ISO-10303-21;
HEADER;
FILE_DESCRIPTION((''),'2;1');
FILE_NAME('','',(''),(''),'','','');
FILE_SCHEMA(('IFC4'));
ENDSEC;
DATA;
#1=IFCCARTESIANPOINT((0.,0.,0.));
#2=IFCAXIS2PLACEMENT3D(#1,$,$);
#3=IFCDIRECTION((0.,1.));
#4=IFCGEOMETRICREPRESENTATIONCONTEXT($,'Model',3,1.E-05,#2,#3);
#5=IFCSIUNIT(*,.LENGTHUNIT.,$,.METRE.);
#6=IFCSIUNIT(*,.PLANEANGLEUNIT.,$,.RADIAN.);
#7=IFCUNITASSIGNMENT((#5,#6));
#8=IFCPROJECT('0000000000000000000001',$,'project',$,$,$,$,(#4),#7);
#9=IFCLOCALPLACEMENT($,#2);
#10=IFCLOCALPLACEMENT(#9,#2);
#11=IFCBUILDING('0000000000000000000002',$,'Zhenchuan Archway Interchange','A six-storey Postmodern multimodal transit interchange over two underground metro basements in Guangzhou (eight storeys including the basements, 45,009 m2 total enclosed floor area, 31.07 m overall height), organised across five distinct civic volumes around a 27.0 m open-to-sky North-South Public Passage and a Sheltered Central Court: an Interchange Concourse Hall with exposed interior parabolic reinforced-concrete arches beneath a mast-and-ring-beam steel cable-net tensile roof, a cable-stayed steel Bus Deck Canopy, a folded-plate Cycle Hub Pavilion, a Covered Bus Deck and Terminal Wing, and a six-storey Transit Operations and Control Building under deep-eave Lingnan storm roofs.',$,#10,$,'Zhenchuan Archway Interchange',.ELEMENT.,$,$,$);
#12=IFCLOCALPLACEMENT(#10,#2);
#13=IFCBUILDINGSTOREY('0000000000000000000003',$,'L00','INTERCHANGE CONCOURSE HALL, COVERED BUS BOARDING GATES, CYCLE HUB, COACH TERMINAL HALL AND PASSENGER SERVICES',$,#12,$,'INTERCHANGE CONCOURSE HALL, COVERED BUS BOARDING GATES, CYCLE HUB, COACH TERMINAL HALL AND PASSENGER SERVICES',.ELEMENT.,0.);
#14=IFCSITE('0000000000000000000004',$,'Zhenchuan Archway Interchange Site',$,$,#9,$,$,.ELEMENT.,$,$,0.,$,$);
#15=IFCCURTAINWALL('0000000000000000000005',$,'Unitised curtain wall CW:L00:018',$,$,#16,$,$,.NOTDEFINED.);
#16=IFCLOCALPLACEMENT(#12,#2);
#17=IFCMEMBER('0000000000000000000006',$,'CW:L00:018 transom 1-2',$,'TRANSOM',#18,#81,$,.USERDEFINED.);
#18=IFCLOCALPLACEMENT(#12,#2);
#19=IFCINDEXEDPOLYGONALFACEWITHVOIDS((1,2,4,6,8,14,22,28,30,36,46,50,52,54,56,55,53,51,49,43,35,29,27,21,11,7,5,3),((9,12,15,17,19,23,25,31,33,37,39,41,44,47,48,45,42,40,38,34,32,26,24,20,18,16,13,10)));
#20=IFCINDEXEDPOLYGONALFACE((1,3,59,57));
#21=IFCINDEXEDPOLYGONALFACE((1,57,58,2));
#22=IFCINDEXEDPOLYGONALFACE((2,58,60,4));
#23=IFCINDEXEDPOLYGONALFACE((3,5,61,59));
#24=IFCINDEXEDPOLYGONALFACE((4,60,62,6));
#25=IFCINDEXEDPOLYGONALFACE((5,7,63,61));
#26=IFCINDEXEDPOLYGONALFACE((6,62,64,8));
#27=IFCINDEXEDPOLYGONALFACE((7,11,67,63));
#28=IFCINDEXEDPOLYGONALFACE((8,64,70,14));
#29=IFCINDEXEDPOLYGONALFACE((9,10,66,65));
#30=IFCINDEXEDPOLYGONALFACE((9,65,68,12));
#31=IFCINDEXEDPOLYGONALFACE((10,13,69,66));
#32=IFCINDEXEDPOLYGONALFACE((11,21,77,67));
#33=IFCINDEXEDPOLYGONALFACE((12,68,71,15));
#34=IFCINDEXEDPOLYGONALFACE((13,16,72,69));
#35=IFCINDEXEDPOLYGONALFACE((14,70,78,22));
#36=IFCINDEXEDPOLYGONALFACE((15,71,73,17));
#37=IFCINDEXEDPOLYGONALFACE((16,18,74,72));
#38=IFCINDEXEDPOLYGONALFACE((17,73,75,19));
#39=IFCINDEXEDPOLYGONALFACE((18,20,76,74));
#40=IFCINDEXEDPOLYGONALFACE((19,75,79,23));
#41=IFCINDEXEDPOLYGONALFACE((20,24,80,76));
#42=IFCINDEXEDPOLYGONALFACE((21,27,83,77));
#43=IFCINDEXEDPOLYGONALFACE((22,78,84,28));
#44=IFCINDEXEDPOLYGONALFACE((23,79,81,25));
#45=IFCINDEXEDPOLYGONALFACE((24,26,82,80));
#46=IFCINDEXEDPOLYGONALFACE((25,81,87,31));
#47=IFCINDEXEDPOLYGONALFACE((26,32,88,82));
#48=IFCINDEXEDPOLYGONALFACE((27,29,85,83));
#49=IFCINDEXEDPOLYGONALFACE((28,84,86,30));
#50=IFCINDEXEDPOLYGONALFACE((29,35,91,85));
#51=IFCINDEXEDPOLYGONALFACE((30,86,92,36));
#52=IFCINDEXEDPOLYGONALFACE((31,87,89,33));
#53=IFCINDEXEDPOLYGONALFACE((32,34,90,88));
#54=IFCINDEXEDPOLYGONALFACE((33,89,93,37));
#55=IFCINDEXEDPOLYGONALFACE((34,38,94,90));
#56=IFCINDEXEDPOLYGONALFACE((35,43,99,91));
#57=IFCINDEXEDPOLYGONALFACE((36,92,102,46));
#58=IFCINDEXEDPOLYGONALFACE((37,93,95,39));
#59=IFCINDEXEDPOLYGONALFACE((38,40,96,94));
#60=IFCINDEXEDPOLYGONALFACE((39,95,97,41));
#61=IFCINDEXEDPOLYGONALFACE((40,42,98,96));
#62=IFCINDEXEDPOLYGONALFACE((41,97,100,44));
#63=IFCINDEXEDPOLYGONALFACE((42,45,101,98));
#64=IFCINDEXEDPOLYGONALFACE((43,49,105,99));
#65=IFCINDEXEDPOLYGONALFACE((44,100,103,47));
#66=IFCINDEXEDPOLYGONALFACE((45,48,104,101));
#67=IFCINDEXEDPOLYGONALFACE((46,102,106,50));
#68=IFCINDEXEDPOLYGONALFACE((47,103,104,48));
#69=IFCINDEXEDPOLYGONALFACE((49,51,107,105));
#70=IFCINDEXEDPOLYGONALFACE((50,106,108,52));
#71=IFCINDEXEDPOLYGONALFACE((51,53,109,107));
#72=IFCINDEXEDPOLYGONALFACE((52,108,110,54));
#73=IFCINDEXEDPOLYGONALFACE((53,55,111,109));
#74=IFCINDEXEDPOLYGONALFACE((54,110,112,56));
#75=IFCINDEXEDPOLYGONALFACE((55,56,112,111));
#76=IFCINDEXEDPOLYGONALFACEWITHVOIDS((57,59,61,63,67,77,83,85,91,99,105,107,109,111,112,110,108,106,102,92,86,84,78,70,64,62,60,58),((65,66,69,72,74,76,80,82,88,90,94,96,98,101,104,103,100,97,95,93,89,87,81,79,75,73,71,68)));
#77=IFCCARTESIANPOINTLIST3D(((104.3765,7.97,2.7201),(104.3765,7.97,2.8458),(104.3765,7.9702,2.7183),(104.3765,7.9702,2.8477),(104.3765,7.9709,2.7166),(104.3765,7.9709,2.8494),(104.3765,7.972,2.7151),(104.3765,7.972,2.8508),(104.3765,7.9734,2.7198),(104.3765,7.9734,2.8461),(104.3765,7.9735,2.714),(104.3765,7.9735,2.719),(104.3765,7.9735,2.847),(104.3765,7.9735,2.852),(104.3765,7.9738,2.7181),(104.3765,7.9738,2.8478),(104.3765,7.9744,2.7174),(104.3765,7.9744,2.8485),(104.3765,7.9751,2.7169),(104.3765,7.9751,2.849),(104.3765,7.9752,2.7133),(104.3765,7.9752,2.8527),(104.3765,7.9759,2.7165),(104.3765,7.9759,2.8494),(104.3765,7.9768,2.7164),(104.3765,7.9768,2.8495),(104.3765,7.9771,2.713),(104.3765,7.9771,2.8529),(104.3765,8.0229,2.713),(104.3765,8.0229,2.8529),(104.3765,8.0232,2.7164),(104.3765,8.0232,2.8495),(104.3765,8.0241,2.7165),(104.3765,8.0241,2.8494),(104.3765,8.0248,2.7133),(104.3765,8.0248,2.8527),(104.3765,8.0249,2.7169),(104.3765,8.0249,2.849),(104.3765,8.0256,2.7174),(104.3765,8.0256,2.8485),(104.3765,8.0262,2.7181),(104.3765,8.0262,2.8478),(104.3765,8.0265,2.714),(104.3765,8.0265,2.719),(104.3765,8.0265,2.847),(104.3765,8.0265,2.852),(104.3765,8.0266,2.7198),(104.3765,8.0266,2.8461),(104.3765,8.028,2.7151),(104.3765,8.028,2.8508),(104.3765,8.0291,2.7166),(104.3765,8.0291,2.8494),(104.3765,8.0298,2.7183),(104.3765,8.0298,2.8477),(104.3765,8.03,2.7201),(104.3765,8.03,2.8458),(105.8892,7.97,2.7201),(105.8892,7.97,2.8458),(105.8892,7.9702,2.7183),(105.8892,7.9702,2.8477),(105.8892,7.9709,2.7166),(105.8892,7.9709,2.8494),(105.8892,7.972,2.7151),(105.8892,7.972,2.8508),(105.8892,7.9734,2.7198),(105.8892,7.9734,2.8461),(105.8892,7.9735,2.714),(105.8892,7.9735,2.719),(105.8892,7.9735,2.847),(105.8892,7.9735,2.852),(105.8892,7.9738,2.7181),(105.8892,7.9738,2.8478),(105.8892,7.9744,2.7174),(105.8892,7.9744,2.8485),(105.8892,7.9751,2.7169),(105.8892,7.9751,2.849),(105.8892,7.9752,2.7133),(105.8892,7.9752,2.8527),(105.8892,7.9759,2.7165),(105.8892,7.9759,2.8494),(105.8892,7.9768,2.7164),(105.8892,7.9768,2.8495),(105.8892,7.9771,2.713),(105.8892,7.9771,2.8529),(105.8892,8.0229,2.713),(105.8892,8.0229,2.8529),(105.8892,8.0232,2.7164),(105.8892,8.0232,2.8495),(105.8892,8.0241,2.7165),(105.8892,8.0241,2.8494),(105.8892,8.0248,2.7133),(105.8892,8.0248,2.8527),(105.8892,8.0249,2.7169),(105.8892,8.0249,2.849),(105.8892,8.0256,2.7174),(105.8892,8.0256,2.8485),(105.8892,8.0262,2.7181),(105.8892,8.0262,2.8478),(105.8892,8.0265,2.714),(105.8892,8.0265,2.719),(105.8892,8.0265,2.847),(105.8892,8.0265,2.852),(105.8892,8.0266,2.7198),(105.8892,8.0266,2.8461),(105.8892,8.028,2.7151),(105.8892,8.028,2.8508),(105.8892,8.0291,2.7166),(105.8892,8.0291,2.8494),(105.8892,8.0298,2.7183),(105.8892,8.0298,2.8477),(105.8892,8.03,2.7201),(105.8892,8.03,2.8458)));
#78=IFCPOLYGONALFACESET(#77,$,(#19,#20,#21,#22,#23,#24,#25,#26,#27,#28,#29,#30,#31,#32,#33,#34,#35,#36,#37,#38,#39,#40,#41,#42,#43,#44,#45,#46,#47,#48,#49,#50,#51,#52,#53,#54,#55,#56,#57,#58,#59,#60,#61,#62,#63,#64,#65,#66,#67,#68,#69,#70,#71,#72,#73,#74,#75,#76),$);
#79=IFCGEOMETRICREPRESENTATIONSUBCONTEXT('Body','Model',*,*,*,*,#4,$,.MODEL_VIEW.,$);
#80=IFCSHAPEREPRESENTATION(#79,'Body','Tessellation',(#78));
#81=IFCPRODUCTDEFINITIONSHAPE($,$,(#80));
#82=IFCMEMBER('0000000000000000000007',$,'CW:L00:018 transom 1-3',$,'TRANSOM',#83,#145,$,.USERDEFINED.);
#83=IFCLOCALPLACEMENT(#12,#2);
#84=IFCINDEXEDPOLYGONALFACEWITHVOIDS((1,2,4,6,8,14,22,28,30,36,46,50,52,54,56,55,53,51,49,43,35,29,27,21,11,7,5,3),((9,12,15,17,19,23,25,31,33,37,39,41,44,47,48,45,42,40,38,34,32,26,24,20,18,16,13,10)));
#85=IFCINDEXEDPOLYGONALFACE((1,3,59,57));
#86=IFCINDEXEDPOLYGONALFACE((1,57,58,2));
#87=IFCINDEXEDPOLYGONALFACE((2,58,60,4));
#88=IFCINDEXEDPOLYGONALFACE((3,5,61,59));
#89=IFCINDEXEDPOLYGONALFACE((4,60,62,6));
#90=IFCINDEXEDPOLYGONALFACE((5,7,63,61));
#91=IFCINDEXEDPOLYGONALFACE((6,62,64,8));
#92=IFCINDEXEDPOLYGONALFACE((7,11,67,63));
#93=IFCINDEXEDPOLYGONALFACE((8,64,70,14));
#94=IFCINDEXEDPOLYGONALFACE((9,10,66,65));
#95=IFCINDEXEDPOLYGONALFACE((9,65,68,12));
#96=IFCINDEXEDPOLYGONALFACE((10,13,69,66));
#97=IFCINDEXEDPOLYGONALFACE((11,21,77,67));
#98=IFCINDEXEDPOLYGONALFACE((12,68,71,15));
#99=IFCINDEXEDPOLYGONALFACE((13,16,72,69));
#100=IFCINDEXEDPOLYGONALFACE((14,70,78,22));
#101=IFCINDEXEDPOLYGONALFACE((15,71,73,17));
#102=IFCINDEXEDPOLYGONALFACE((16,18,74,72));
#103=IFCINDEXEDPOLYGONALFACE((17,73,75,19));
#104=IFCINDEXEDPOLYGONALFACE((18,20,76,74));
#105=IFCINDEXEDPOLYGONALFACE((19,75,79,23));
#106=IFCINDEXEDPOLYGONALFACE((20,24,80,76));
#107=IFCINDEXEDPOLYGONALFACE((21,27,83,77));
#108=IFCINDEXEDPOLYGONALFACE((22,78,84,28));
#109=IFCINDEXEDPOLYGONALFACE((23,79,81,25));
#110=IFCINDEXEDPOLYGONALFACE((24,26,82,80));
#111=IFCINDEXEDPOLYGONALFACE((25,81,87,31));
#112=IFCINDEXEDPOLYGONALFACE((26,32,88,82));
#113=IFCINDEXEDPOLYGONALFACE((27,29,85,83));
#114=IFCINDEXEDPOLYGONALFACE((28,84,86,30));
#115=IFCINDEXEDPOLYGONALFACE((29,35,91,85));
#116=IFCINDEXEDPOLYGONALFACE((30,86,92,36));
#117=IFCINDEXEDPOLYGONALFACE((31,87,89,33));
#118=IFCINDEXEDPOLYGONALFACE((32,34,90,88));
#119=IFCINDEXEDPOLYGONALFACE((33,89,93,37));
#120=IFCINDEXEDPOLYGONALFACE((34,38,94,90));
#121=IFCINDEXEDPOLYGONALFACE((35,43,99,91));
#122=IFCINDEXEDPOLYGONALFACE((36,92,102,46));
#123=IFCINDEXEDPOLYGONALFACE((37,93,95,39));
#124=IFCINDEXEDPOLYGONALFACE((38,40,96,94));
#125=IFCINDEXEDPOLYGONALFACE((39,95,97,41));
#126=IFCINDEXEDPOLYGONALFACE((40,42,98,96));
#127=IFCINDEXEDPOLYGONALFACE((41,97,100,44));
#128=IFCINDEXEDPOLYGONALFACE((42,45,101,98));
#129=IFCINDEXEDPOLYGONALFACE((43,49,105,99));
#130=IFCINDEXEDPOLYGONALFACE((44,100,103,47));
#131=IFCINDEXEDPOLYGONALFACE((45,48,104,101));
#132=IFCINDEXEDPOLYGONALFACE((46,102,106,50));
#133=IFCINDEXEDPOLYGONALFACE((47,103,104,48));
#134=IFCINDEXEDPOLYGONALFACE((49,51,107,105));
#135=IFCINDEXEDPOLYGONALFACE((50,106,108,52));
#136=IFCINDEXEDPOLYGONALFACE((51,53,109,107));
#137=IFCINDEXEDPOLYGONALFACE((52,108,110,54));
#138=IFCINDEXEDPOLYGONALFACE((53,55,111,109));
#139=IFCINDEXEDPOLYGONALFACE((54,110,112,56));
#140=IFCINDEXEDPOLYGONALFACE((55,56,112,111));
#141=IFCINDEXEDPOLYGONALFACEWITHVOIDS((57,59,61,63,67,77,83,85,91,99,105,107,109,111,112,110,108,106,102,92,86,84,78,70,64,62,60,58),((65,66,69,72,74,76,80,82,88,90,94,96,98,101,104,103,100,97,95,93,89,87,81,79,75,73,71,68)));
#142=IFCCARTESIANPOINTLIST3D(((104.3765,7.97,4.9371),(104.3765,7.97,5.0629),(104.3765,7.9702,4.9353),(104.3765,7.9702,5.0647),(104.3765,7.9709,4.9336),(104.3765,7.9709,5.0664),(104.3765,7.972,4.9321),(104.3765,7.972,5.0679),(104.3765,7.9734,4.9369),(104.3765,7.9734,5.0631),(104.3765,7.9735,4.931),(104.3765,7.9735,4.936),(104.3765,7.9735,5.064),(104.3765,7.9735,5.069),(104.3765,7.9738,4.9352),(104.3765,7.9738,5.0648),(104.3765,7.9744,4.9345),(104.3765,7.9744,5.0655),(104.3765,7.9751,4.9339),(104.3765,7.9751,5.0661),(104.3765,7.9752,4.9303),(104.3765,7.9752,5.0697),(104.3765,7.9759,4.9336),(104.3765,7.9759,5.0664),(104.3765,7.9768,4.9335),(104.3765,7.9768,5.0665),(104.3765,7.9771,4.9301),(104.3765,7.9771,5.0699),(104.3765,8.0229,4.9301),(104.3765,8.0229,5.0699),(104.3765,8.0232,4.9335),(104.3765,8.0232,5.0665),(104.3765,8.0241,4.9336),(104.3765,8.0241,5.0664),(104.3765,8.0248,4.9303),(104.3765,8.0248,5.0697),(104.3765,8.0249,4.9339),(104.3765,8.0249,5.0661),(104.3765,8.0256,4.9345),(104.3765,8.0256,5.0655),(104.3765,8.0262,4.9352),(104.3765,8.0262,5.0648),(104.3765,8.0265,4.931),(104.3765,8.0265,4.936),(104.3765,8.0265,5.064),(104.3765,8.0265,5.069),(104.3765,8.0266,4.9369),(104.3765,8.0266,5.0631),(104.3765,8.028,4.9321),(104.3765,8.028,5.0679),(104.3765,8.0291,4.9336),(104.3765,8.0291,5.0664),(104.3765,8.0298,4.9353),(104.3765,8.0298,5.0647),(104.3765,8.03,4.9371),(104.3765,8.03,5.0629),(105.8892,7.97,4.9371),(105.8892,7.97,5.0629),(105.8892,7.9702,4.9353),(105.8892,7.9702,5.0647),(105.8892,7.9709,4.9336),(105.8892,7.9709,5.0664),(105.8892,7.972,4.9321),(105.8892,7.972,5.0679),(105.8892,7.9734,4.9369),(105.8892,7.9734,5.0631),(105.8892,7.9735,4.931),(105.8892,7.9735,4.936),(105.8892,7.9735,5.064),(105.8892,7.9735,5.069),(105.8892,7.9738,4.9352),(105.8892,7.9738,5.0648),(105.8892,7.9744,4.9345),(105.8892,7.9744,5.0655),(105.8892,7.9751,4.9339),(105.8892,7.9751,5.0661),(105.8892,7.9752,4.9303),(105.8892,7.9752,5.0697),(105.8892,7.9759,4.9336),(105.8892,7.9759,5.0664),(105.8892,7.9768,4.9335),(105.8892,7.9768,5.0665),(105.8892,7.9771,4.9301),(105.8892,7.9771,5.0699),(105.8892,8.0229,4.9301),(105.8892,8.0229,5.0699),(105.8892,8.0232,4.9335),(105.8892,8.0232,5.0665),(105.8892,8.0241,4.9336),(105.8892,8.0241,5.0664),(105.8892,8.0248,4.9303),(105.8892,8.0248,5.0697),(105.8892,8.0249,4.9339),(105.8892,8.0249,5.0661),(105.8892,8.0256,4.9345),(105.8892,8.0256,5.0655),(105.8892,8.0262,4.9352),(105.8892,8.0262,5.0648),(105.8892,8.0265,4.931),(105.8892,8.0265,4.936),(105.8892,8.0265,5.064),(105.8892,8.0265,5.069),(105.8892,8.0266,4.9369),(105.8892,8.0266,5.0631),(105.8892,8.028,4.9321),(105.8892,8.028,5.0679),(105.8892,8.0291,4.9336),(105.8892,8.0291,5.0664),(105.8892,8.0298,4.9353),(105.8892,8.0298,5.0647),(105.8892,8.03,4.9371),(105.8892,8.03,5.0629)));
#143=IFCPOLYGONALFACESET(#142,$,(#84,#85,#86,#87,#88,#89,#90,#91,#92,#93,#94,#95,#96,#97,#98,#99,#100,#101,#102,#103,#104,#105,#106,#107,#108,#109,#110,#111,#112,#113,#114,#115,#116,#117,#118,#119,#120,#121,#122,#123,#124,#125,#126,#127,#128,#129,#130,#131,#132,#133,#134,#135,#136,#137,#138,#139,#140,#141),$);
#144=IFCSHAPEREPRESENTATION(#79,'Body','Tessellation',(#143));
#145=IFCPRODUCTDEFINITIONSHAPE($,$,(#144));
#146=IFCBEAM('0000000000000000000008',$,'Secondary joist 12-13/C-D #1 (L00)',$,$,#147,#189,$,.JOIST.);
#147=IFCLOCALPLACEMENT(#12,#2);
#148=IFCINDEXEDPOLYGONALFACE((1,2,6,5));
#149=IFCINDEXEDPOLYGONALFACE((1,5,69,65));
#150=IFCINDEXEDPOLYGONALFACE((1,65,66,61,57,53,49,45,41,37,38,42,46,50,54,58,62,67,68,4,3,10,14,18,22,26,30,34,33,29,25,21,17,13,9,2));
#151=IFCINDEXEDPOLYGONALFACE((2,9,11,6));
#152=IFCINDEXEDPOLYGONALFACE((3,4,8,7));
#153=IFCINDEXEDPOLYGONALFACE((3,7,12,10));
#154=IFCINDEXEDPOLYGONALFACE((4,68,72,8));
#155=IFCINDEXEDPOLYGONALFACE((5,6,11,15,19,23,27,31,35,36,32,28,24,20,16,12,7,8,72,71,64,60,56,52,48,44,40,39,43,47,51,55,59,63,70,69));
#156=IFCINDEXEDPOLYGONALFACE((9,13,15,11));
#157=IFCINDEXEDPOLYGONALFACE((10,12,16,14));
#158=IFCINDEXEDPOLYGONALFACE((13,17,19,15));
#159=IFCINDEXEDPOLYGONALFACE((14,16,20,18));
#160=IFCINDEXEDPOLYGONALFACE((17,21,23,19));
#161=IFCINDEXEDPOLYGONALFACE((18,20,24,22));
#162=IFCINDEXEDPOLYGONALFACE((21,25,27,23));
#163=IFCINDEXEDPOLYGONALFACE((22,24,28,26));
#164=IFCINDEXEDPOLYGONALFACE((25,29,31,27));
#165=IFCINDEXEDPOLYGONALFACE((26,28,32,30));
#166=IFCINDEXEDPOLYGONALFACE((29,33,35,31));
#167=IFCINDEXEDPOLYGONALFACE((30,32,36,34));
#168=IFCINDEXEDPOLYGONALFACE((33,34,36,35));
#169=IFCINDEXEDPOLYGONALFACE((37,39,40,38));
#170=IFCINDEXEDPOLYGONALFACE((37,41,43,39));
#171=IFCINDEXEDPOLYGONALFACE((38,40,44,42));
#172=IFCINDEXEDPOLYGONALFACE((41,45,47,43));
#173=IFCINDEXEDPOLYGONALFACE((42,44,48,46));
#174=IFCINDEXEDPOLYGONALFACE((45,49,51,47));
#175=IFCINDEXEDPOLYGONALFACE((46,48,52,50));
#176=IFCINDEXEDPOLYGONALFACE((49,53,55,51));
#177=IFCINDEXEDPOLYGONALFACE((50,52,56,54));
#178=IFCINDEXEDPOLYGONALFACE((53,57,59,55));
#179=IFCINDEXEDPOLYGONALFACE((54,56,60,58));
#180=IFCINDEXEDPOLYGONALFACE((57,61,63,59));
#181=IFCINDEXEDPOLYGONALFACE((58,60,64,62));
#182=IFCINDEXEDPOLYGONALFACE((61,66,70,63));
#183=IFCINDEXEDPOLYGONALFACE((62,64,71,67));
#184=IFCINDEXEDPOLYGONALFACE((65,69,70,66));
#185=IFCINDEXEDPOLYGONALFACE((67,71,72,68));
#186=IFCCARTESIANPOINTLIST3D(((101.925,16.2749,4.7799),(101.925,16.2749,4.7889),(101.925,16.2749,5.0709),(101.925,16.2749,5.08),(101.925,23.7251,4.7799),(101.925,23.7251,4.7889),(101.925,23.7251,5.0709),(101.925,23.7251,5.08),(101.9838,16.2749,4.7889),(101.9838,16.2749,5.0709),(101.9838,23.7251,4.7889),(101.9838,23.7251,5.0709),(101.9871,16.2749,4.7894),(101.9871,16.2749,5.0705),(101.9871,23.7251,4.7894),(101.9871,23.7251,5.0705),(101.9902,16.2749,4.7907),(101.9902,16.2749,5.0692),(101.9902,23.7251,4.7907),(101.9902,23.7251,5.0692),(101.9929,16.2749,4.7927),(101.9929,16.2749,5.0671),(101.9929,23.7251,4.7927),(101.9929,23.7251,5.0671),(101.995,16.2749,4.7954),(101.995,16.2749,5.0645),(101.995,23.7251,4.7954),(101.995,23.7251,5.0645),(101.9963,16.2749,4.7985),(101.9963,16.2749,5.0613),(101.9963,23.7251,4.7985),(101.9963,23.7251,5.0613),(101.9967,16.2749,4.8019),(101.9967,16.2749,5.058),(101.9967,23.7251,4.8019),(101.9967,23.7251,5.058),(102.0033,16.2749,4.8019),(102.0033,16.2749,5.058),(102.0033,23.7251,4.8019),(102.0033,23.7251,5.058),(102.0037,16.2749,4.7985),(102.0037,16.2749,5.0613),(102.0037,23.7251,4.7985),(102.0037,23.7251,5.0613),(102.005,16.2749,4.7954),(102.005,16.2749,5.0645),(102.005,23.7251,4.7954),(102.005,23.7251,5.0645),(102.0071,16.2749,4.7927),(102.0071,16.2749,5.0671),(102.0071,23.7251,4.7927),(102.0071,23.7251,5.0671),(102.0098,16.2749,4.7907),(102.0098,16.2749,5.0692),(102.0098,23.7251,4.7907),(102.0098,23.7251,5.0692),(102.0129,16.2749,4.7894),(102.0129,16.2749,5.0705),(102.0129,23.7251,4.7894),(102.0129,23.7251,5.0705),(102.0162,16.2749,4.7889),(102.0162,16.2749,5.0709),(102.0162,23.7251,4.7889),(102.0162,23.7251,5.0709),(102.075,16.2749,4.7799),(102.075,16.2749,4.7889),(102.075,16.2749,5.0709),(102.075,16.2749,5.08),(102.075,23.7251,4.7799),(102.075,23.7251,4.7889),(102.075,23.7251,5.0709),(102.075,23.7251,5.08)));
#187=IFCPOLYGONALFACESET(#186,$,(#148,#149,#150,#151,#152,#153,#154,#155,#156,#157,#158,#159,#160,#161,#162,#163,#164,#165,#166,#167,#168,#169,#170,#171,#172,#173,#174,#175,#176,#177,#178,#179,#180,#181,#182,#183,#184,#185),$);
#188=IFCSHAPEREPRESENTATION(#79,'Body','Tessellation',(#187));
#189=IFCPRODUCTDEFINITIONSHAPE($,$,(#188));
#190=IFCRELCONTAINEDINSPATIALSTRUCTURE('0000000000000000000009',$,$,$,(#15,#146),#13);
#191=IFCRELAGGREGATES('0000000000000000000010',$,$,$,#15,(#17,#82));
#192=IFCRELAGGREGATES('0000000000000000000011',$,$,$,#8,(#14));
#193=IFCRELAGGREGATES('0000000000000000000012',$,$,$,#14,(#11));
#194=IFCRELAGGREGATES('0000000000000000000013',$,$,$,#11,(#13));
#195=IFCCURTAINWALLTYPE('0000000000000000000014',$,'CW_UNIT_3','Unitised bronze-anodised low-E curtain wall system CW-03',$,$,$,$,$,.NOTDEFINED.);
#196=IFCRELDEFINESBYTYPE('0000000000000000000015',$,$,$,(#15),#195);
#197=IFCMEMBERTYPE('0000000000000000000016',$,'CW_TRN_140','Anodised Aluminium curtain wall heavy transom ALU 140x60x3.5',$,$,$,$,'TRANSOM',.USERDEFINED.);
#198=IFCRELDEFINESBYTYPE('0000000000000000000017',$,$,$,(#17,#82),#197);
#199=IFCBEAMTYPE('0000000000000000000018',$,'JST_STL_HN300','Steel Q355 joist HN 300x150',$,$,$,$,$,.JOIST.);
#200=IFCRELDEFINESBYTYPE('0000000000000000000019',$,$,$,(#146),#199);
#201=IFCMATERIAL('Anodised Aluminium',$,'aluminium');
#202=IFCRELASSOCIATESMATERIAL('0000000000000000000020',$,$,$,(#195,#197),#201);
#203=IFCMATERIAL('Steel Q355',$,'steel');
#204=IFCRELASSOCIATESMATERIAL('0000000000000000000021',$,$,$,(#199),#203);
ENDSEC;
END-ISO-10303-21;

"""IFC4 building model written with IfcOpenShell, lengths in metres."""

from ifc_helpers import new_model, si_unit, direction, frame, origin, origin_2d, place, context, subcontext, project, spatial, hollow_rectangle, i_section, extrude, material, material_profile, profile_set, type_object, element, aggregate, save


model = new_model("IFC4")

# Units and contexts
model_context = context("Model", 3, precision=1e-05, world=origin(), true_north=direction((0.0, 1.0)))
body_context = subcontext(model_context, "Body", "Model", "MODEL_VIEW")
ifc_project = project(units=[si_unit("LENGTHUNIT", "METRE"), si_unit("PLANEANGLEUNIT", "RADIAN")], contexts=[model_context])

# Site, building, storey
site_placement = place(None, origin())
site = spatial("IfcSite", under=ifc_project, at=site_placement, Name="Zhenchuan Archway Interchange Site", CompositionType="ELEMENT", RefElevation=0.0)
building_placement = place(site_placement, origin())
building = spatial("IfcBuilding", under=site, at=building_placement, Name="Zhenchuan Archway Interchange", Description="A six-storey Postmodern multimodal transit interchange over two underground metro basements in Guangzhou (eight storeys including the basements, 45,009 m2 total enclosed floor area, 31.07 m overall height), organised across five distinct civic volumes around a 27.0 m open-to-sky North-South Public Passage and a Sheltered Central Court: an Interchange Concourse Hall with exposed interior parabolic reinforced-concrete arches beneath a mast-and-ring-beam steel cable-net tensile roof, a cable-stayed steel Bus Deck Canopy, a folded-plate Cycle Hub Pavilion, a Covered Bus Deck and Terminal Wing, and a six-storey Transit Operations and Control Building under deep-eave Lingnan storm roofs.", LongName="Zhenchuan Archway Interchange", CompositionType="ELEMENT")
storey_placement = place(building_placement, origin())
storey = spatial("IfcBuildingStorey", under=building, at=storey_placement, Name="L00", Description="INTERCHANGE CONCOURSE HALL, COVERED BUS BOARDING GATES, CYCLE HUB, COACH TERMINAL HALL AND PASSENGER SERVICES", LongName="INTERCHANGE CONCOURSE HALL, COVERED BUS BOARDING GATES, CYCLE HUB, COACH TERMINAL HALL AND PASSENGER SERVICES", CompositionType="ELEMENT", Elevation=0.0)

# Curtain wall, members
ifc_material_1 = material(Name="Anodised Aluminium", Category="aluminium")
curtain_wall_type = type_object("IfcCurtainWallType", Name="CW_UNIT_3", Description="Unitised bronze-anodised low-E curtain wall system CW-03", PredefinedType="NOTDEFINED", material=ifc_material_1)
curtain_wall_placement = place(storey_placement, origin())
curtain_wall = element("IfcCurtainWall", 1, at=curtain_wall_placement, inside=storey, type_object=curtain_wall_type, Name="Unitised curtain wall CW:L00:018", PredefinedType="NOTDEFINED")
ifc_material_profile_1 = material_profile(ifc_material_1, hollow_rectangle(XDim=0.0601, YDim=0.1399, WallThickness=0.0034, InnerFilletRadius=0.0034, OuterFilletRadius=0.0071, at=origin_2d()), Name="ALU 140x60x3.5")
ifc_profile_set_1 = profile_set([ifc_material_profile_1], Name="Anodised Aluminium")
member_type_1 = type_object("IfcMemberType", Name="CW_TRN_140", Description="Anodised Aluminium curtain wall heavy transom ALU 140x60x3.5", ElementType="TRANSOM", PredefinedType="USERDEFINED", material=ifc_profile_set_1)
member_1_placement = place(storey_placement, frame((105.8892, 8.0, 2.783), z_axis=(-1.0, 0.0, 0.0), x_axis=(0.0, -1.0, 0.0)))
member_1 = element("IfcMember", 2, at=member_1_placement, type_object=member_type_1, Name="CW:L00:018 transom 1-2", ObjectType="TRANSOM", PredefinedType="USERDEFINED", context=body_context, shape_type="SweptSolid", body=[
    extrude(hollow_rectangle(XDim=0.0601, YDim=0.1399, WallThickness=0.0034, InnerFilletRadius=0.0034, OuterFilletRadius=0.0071, at=origin_2d()), origin(), (0.0, 0.0, 1.0), 1.5127),
])
member_2_placement = place(storey_placement, frame((105.8892, 8.0, 5.0), z_axis=(-1.0, 0.0, 0.0), x_axis=(0.0, -1.0, 0.0)))
member_2 = element("IfcMember", 3, at=member_2_placement, type_object=member_type_1, Name="CW:L00:018 transom 1-3", ObjectType="TRANSOM", PredefinedType="USERDEFINED", context=body_context, shape_type="SweptSolid", body=[
    extrude(hollow_rectangle(XDim=0.0601, YDim=0.1399, WallThickness=0.0034, InnerFilletRadius=0.0034, OuterFilletRadius=0.0071, at=origin_2d()), origin(), (0.0, 0.0, 1.0), 1.5127),
])

# Beam
ifc_material_2 = material(Name="Steel Q355", Category="steel")
ifc_material_profile_2 = material_profile(ifc_material_2, i_section(OverallWidth=0.1499, OverallDepth=0.3, WebThickness=0.0066, FlangeThickness=0.009, FilletRadius=0.0129, at=origin_2d()), Name="HN 300x150")
ifc_profile_set_2 = profile_set([ifc_material_profile_2], Name="Steel Q355")
beam_type_1 = type_object("IfcBeamType", Name="JST_STL_HN300", Description="Steel Q355 joist HN 300x150", PredefinedType="JOIST", material=ifc_profile_set_2)
for number, where, z_axis, x_axis, name in (
    (4, (102.0, 16.2749, 4.9299), (0.0, 1.0, 0.0), (-1.0, 0.0, 0.0), "Secondary joist 12-13/C-D #1 (L00)"),
):
    element("IfcBeam", number, at=place(storey_placement, frame(where, z_axis=z_axis, x_axis=x_axis)), inside=storey, type_object=beam_type_1, Name=name, PredefinedType="JOIST", context=body_context, shape_type="SweptSolid", body=[
        extrude(i_section(OverallWidth=0.1499, OverallDepth=0.3, WebThickness=0.0066, FlangeThickness=0.009, FilletRadius=0.0129, at=origin_2d()), origin(), (0.0, 0.0, 1.0), 7.4502),
    ])

aggregate(curtain_wall, [member_1, member_2])

save(model, "model.ifc")
